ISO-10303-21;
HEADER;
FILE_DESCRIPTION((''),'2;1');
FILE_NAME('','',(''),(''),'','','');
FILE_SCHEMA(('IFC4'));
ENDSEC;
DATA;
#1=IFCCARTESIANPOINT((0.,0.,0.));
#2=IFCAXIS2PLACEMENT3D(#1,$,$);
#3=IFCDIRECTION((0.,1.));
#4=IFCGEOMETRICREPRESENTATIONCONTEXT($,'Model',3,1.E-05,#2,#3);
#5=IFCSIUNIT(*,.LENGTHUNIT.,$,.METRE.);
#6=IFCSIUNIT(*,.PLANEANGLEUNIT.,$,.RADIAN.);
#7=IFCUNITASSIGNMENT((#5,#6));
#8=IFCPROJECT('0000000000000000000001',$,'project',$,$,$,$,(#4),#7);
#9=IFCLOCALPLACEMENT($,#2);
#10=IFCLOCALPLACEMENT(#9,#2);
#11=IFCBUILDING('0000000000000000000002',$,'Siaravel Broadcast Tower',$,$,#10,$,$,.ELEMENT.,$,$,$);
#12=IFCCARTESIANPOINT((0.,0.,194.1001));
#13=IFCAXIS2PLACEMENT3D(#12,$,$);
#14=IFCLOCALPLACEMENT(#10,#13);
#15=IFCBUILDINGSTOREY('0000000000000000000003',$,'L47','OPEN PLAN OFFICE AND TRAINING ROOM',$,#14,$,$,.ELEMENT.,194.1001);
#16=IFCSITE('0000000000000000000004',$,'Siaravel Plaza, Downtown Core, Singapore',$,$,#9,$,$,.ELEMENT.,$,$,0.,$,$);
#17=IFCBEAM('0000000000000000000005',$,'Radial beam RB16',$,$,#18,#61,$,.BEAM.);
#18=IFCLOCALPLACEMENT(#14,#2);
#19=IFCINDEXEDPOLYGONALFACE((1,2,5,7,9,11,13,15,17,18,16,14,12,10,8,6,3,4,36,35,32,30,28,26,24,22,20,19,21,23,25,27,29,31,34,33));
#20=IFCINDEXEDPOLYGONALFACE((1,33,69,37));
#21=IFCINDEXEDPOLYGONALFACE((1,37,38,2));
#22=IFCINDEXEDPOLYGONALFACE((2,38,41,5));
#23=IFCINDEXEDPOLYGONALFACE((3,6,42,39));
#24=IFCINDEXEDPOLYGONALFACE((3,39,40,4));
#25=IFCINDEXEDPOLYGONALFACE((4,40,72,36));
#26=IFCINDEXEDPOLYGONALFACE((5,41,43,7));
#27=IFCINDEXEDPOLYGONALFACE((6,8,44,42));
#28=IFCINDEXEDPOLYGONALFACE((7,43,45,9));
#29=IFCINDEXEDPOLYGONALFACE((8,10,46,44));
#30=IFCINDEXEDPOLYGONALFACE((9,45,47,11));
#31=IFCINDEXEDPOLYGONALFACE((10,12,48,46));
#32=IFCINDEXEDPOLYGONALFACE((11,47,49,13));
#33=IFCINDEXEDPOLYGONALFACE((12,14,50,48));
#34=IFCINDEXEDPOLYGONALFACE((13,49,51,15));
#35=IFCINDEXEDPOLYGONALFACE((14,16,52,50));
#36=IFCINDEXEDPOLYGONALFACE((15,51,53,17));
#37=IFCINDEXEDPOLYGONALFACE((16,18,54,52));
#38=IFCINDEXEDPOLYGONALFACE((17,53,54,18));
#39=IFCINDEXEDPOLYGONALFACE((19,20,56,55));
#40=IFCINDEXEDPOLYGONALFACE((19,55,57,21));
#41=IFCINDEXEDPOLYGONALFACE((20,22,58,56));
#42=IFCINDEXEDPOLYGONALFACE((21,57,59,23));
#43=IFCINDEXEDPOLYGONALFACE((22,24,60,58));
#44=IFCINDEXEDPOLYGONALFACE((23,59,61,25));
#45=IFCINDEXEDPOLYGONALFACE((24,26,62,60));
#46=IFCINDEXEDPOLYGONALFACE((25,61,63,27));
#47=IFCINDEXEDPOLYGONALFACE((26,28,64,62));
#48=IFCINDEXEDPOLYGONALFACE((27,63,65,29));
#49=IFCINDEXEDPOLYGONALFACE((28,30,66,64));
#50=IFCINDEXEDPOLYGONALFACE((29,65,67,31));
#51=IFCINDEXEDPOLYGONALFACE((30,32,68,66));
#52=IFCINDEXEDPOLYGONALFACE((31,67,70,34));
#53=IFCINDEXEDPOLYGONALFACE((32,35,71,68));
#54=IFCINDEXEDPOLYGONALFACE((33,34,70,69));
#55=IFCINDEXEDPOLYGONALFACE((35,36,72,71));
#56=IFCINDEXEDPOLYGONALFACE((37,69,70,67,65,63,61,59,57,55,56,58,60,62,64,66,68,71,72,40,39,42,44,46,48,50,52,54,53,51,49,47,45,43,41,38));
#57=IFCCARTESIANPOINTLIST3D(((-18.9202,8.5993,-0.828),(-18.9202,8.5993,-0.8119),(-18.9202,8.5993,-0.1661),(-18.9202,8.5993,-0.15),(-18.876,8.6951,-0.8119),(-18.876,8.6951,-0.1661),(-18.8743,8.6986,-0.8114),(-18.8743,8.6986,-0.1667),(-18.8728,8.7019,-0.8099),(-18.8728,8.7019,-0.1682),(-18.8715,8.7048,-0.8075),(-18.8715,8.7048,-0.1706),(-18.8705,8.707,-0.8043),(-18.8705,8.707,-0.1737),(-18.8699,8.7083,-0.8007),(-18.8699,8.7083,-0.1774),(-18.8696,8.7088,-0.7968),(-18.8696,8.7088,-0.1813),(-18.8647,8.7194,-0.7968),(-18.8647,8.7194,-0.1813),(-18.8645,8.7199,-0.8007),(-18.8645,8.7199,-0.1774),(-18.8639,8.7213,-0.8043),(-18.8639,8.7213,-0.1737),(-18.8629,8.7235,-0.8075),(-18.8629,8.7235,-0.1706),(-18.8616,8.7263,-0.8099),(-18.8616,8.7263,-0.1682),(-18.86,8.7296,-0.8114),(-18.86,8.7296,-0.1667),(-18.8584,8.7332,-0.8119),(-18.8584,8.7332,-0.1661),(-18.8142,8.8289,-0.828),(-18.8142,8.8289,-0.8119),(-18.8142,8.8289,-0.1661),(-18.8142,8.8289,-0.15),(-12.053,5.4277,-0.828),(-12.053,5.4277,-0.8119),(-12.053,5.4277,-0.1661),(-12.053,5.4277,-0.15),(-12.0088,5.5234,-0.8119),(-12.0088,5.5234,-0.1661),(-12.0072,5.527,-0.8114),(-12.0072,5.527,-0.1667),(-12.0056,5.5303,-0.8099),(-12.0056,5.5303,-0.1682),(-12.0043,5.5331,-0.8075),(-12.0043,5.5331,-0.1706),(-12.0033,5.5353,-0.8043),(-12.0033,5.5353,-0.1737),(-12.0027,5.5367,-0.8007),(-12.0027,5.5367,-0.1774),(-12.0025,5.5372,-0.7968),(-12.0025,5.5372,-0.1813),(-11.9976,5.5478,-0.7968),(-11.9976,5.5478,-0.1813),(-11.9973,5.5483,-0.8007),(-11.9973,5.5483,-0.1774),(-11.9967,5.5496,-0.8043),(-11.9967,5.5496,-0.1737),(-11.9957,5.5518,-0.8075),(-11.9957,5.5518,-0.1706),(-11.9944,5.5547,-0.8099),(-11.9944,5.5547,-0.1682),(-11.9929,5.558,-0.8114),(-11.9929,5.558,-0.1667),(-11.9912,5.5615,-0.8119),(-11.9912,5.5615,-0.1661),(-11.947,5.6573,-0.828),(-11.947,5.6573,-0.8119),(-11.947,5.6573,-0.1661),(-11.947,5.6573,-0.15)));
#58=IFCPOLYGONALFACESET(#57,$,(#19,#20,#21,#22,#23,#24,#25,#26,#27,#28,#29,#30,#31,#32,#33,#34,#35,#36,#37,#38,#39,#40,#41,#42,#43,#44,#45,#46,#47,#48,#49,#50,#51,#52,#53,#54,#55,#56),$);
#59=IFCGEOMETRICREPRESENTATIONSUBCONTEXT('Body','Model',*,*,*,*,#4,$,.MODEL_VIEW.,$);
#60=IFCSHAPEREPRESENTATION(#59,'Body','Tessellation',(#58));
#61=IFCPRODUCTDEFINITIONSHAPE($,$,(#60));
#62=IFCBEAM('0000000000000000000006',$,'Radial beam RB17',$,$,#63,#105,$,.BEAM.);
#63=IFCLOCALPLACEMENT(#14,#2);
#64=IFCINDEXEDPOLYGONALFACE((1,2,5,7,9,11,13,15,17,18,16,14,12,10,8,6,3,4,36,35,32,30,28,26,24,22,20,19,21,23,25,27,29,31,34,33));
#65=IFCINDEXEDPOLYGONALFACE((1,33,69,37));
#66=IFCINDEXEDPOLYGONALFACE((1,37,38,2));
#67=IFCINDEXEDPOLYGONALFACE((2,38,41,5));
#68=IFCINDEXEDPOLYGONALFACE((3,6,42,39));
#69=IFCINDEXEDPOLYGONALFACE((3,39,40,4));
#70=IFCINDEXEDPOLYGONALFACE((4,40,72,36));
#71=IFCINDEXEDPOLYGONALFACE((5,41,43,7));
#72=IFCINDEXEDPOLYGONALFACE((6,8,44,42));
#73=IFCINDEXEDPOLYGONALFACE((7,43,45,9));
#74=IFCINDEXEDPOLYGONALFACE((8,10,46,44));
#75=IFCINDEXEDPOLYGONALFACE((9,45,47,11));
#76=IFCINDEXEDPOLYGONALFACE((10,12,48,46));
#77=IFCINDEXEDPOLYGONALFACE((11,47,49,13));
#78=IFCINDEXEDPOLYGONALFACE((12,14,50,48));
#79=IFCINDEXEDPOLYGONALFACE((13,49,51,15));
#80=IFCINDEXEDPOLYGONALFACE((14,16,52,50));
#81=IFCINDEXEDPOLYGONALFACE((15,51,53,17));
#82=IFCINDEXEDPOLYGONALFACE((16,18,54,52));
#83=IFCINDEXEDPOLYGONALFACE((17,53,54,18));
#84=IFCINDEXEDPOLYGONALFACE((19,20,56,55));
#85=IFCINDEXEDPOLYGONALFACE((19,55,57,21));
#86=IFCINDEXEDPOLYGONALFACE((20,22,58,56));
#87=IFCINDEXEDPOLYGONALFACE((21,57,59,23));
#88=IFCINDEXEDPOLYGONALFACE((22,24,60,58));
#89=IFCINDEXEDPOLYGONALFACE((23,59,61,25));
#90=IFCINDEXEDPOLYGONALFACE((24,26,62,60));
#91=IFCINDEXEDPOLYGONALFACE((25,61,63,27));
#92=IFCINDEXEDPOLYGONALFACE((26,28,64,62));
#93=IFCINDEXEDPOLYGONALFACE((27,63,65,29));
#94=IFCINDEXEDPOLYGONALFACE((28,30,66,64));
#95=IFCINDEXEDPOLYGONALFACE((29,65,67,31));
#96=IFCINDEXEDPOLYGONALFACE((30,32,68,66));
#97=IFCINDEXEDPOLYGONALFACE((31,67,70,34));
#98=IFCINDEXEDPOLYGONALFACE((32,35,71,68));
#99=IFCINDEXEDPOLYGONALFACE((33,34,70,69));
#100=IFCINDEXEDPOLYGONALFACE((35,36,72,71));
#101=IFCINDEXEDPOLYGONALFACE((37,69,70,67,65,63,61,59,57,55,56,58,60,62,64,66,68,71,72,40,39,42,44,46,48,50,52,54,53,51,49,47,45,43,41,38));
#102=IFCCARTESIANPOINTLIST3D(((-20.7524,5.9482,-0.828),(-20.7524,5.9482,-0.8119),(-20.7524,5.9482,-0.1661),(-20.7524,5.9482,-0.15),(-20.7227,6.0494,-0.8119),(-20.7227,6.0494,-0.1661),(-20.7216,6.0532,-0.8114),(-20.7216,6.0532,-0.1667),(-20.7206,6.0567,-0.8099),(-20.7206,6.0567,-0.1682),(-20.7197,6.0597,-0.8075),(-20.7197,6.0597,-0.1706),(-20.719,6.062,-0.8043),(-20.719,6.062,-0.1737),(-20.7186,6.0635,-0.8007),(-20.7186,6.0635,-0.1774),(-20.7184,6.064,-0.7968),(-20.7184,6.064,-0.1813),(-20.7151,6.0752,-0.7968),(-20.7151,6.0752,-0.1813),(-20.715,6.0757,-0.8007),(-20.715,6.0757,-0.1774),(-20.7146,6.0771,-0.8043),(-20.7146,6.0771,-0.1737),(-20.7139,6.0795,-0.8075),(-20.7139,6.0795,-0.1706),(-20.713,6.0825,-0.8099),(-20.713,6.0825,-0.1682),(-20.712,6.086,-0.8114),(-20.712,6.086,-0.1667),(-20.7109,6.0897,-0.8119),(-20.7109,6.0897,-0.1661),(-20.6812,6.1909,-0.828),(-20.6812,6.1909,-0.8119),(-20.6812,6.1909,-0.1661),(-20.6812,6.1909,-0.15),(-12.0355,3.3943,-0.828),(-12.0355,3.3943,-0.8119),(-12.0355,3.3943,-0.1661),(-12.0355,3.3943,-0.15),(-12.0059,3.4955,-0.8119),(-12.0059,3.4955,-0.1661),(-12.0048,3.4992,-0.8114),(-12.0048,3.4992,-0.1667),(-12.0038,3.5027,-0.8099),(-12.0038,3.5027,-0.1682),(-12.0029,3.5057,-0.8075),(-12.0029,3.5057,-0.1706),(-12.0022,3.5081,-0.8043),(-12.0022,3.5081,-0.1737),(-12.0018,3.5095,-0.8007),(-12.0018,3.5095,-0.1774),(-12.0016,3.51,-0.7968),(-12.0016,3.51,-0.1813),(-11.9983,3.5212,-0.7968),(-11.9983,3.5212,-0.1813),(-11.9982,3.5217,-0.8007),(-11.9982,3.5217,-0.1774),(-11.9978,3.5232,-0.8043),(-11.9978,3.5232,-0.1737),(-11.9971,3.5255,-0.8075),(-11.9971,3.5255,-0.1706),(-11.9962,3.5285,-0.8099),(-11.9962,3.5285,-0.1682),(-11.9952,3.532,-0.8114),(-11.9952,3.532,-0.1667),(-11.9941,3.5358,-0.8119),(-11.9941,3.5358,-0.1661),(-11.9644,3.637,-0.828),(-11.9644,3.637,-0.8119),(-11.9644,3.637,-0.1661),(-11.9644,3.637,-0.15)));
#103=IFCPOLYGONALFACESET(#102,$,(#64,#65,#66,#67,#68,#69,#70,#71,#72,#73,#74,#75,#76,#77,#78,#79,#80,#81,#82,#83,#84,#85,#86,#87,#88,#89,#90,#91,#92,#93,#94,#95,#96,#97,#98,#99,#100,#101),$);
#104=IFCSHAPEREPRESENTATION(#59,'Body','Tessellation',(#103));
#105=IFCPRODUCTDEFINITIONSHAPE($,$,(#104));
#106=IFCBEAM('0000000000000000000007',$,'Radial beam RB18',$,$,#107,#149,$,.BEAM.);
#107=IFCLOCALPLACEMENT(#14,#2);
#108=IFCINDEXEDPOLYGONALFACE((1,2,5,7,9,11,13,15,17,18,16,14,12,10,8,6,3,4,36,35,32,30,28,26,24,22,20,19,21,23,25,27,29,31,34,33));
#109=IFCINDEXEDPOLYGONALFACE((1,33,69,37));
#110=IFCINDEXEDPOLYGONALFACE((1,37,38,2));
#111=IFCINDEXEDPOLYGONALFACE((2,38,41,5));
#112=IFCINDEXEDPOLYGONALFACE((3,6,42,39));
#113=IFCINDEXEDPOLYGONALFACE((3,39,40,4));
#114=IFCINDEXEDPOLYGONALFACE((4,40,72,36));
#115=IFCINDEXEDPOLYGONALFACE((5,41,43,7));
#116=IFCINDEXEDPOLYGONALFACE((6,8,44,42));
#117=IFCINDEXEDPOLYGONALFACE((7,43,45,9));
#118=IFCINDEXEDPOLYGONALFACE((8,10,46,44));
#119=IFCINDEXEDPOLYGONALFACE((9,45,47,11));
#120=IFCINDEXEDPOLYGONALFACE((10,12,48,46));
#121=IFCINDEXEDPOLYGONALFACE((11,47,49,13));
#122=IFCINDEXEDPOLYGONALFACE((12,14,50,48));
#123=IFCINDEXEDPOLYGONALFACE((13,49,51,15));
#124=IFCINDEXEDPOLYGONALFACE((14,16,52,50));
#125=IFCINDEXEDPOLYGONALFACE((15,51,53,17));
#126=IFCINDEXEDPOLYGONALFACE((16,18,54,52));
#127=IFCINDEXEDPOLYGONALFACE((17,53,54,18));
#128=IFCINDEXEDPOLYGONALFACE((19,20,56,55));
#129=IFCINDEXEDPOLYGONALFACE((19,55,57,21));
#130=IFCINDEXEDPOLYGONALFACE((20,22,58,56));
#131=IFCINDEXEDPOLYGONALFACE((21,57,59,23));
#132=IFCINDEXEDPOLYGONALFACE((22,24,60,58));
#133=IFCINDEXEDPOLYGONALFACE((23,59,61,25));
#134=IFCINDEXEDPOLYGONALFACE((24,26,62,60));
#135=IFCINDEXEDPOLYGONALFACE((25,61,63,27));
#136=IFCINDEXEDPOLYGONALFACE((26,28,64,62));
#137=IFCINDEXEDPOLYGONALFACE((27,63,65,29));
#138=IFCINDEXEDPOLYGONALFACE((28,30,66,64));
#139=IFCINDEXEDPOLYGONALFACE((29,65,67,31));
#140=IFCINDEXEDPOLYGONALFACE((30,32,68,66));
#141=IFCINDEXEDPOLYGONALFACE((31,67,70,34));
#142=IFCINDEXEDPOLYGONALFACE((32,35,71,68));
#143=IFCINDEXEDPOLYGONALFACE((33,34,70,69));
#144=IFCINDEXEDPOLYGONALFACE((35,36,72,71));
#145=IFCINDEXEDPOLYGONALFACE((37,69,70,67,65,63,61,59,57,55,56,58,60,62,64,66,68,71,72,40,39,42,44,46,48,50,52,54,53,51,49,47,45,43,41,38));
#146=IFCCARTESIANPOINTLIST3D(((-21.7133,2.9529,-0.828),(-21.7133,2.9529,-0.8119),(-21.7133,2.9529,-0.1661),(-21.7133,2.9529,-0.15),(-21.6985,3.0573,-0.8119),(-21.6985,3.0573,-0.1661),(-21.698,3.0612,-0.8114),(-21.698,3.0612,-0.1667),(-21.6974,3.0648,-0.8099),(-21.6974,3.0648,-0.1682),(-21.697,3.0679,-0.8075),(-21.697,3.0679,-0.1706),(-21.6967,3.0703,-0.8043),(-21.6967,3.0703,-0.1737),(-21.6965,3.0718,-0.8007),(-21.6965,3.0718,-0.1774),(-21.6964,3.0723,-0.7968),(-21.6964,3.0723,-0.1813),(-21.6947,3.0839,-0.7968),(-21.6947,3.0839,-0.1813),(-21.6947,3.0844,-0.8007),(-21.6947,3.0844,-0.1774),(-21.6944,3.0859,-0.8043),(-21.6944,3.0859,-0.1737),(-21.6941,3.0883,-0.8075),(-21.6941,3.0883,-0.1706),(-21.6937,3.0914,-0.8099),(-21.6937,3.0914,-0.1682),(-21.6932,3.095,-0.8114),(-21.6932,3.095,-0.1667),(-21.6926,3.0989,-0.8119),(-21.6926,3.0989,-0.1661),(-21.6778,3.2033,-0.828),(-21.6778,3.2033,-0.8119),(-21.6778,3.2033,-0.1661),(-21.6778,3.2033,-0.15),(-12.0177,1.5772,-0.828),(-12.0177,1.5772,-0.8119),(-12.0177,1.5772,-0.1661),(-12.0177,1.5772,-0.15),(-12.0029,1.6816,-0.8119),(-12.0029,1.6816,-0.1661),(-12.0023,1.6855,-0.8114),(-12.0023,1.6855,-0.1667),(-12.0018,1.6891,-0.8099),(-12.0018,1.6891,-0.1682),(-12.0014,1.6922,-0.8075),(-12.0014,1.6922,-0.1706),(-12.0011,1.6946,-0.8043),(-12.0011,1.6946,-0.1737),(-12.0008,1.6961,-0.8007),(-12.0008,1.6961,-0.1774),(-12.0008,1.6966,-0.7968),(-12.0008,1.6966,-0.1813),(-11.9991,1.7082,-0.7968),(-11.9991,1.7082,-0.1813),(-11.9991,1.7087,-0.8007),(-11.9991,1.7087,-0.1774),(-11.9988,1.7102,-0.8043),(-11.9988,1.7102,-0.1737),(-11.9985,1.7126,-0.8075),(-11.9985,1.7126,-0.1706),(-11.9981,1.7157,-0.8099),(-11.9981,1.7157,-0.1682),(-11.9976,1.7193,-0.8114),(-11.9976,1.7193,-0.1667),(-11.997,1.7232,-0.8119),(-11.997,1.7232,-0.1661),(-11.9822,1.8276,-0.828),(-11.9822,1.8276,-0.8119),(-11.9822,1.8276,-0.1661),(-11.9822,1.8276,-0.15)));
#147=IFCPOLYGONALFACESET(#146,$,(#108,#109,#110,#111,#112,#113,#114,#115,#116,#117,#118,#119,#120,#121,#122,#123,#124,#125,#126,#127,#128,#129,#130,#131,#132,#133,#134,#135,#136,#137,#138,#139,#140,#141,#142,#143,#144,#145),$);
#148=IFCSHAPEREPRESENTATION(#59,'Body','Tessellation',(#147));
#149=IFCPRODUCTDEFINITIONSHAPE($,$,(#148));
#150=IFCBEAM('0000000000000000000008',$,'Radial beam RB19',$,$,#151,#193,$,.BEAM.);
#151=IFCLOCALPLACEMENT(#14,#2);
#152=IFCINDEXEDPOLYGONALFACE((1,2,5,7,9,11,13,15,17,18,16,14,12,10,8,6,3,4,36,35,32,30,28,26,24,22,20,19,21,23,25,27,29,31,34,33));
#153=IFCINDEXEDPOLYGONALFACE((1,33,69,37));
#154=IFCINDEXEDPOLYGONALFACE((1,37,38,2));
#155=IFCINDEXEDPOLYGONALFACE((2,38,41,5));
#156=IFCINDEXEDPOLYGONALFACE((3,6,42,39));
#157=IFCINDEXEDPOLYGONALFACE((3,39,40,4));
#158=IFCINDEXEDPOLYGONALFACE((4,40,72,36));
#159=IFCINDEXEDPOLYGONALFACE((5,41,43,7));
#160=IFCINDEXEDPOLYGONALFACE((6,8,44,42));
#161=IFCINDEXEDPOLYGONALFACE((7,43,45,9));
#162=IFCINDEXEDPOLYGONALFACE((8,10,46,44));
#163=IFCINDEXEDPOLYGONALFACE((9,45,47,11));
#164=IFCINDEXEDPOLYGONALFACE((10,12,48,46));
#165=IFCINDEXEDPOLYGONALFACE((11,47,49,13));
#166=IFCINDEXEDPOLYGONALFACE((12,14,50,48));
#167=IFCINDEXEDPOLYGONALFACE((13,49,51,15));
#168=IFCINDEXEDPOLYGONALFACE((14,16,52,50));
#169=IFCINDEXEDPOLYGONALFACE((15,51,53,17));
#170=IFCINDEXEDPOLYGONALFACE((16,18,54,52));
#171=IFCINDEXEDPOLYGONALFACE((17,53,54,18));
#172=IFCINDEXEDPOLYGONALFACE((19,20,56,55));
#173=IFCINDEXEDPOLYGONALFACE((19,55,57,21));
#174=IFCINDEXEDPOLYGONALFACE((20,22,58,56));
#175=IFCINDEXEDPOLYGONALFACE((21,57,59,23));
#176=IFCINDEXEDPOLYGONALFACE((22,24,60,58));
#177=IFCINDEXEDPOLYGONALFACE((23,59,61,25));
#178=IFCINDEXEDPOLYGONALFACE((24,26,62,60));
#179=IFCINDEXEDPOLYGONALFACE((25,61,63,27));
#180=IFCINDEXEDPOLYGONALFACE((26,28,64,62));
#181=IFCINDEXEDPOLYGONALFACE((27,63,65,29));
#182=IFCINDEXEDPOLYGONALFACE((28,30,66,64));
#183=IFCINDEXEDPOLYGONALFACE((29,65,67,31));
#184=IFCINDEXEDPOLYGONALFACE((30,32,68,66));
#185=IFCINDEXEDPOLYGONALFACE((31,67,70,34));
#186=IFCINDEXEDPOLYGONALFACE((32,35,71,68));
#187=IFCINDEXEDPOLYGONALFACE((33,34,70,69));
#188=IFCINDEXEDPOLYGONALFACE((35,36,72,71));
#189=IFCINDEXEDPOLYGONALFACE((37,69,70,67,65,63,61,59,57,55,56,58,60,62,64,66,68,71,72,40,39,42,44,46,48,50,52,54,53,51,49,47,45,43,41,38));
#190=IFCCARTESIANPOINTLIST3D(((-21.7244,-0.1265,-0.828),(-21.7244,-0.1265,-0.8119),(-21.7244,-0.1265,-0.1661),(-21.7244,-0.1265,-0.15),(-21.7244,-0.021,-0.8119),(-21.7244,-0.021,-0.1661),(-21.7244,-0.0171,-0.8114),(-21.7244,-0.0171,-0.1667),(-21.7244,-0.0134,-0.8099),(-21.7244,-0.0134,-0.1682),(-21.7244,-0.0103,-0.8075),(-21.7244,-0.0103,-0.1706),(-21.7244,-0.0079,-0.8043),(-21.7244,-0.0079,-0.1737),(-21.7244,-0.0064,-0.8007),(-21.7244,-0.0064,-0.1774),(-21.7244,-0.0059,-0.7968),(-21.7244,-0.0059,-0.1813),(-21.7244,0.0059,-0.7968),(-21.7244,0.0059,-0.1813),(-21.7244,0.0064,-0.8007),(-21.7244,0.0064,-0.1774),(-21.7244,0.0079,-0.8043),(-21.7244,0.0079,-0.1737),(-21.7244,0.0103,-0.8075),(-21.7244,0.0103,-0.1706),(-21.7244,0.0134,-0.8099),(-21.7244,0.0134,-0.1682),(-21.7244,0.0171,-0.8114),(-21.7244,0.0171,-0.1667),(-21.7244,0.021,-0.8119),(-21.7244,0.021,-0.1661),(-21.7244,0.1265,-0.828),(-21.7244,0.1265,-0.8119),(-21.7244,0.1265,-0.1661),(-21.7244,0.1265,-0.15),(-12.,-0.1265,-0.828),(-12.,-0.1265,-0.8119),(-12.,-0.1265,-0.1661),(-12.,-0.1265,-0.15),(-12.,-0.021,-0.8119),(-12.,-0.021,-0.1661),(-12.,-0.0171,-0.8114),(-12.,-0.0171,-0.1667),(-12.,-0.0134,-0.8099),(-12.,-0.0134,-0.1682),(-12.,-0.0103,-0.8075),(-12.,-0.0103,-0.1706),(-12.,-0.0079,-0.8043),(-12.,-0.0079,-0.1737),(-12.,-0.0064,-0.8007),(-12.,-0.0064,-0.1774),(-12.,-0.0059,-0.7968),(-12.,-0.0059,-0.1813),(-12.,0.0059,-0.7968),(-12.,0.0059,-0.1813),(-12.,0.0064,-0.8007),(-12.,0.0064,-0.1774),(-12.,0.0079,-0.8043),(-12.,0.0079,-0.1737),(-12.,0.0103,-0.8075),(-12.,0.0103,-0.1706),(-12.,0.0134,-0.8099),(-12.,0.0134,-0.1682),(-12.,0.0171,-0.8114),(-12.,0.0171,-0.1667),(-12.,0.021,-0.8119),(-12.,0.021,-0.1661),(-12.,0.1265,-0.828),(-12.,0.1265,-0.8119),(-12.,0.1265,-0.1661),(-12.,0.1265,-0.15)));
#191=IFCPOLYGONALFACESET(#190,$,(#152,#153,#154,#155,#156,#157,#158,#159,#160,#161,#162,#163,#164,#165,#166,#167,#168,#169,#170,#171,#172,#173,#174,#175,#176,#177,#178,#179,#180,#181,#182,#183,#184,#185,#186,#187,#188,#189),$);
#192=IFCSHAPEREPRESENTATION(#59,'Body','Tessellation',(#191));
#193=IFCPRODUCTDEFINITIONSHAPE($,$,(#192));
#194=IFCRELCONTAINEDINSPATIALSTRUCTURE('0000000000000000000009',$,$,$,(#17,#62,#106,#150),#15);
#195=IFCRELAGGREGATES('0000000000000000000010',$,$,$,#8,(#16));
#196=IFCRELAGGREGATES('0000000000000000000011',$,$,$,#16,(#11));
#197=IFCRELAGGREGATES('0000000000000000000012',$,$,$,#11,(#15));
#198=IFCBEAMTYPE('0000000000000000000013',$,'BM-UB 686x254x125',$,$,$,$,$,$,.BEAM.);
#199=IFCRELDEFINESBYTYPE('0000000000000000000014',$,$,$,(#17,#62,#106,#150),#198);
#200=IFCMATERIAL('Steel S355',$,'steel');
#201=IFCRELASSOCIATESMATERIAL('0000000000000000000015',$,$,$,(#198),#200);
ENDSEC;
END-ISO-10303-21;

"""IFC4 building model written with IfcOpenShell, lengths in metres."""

from ifc_helpers import new_model, si_unit, direction, frame, origin, origin_2d, place, context, subcontext, project, spatial, i_section, extrude, material, material_profile, profile_set, type_object, element, save


model = new_model("IFC4")

# Units and contexts
model_context = context("Model", 3, precision=1e-05, world=origin(), true_north=direction((0.0, 1.0)))
body_context = subcontext(model_context, "Body", "Model", "MODEL_VIEW")
ifc_project = project(units=[si_unit("LENGTHUNIT", "METRE"), si_unit("PLANEANGLEUNIT", "RADIAN")], contexts=[model_context])

# Site, building, storey
site_placement = place(None, origin())
site = spatial("IfcSite", under=ifc_project, at=site_placement, Name="Siaravel Plaza, Downtown Core, Singapore", CompositionType="ELEMENT", RefElevation=0.0)
building_placement = place(site_placement, origin())
building = spatial("IfcBuilding", under=site, at=building_placement, Name="Siaravel Broadcast Tower", CompositionType="ELEMENT")
storey_placement = place(building_placement, frame((0.0, 0.0, 194.1001)))
storey = spatial("IfcBuildingStorey", under=building, at=storey_placement, Name="L47", Description="OPEN PLAN OFFICE AND TRAINING ROOM", CompositionType="ELEMENT", Elevation=194.1001)

# Beams
ifc_material_1 = material(Name="Steel S355", Category="steel")
ifc_material_profile_1 = material_profile(ifc_material_1, i_section(OverallWidth=0.2529, OverallDepth=0.678, WebThickness=0.0117, FlangeThickness=0.0161, FilletRadius=0.0151, at=origin_2d()))
ifc_profile_set_1 = profile_set([ifc_material_profile_1], Name="Steel S355")
beam_type = type_object("IfcBeamType", Name="BM-UB 686x254x125", PredefinedType="BEAM", material=ifc_profile_set_1)
beam_1_placement = place(storey_placement, frame((-18.8672, 8.7141, -0.489), z_axis=(0.907851, -0.419294, 0.0), x_axis=(0.419294, 0.907851, 0.0)))
element("IfcBeam", 1, at=beam_1_placement, inside=storey, type_object=beam_type, Name="Radial beam RB16", PredefinedType="BEAM", context=body_context, shape_type="SweptSolid", body=[
    extrude(i_section(OverallWidth=0.2529, OverallDepth=0.678, WebThickness=0.0117, FlangeThickness=0.0161, FilletRadius=0.0151, at=origin_2d()), origin(), (0.0, 0.0, 1.0), 7.5642),
])
beam_2_placement = place(storey_placement, frame((-20.7168, 6.0696, -0.489), z_axis=(0.959657, -0.281172, 0.0), x_axis=(0.281172, 0.959657, 0.0)))
element("IfcBeam", 2, at=beam_2_placement, inside=storey, type_object=beam_type, Name="Radial beam RB17", PredefinedType="BEAM", context=body_context, shape_type="SweptSolid", body=[
    extrude(i_section(OverallWidth=0.2529, OverallDepth=0.678, WebThickness=0.0117, FlangeThickness=0.0161, FilletRadius=0.0151, at=origin_2d()), origin(), (0.0, 0.0, 1.0), 9.0833),
])
beam_3_placement = place(storey_placement, frame((-21.6956, 3.0781, -0.489), z_axis=(0.990083, -0.140486, 0.0), x_axis=(0.140486, 0.990083, 0.0)))
element("IfcBeam", 3, at=beam_3_placement, inside=storey, type_object=beam_type, Name="Radial beam RB18", PredefinedType="BEAM", context=body_context, shape_type="SweptSolid", body=[
    extrude(i_section(OverallWidth=0.2529, OverallDepth=0.678, WebThickness=0.0117, FlangeThickness=0.0161, FilletRadius=0.0151, at=origin_2d()), origin(), (0.0, 0.0, 1.0), 9.7927),
])
beam_4_placement = place(storey_placement, frame((-21.7244, 0.0, -0.489), z_axis=(1.0, 0.0, 0.0), x_axis=(0.0, 1.0, 0.0)))
element("IfcBeam", 4, at=beam_4_placement, inside=storey, type_object=beam_type, Name="Radial beam RB19", PredefinedType="BEAM", context=body_context, shape_type="SweptSolid", body=[
    extrude(i_section(OverallWidth=0.2529, OverallDepth=0.678, WebThickness=0.0117, FlangeThickness=0.0161, FilletRadius=0.0151, at=origin_2d()), origin(), (0.0, 0.0, 1.0), 9.7244),
])

save(model, "model.ifc")
